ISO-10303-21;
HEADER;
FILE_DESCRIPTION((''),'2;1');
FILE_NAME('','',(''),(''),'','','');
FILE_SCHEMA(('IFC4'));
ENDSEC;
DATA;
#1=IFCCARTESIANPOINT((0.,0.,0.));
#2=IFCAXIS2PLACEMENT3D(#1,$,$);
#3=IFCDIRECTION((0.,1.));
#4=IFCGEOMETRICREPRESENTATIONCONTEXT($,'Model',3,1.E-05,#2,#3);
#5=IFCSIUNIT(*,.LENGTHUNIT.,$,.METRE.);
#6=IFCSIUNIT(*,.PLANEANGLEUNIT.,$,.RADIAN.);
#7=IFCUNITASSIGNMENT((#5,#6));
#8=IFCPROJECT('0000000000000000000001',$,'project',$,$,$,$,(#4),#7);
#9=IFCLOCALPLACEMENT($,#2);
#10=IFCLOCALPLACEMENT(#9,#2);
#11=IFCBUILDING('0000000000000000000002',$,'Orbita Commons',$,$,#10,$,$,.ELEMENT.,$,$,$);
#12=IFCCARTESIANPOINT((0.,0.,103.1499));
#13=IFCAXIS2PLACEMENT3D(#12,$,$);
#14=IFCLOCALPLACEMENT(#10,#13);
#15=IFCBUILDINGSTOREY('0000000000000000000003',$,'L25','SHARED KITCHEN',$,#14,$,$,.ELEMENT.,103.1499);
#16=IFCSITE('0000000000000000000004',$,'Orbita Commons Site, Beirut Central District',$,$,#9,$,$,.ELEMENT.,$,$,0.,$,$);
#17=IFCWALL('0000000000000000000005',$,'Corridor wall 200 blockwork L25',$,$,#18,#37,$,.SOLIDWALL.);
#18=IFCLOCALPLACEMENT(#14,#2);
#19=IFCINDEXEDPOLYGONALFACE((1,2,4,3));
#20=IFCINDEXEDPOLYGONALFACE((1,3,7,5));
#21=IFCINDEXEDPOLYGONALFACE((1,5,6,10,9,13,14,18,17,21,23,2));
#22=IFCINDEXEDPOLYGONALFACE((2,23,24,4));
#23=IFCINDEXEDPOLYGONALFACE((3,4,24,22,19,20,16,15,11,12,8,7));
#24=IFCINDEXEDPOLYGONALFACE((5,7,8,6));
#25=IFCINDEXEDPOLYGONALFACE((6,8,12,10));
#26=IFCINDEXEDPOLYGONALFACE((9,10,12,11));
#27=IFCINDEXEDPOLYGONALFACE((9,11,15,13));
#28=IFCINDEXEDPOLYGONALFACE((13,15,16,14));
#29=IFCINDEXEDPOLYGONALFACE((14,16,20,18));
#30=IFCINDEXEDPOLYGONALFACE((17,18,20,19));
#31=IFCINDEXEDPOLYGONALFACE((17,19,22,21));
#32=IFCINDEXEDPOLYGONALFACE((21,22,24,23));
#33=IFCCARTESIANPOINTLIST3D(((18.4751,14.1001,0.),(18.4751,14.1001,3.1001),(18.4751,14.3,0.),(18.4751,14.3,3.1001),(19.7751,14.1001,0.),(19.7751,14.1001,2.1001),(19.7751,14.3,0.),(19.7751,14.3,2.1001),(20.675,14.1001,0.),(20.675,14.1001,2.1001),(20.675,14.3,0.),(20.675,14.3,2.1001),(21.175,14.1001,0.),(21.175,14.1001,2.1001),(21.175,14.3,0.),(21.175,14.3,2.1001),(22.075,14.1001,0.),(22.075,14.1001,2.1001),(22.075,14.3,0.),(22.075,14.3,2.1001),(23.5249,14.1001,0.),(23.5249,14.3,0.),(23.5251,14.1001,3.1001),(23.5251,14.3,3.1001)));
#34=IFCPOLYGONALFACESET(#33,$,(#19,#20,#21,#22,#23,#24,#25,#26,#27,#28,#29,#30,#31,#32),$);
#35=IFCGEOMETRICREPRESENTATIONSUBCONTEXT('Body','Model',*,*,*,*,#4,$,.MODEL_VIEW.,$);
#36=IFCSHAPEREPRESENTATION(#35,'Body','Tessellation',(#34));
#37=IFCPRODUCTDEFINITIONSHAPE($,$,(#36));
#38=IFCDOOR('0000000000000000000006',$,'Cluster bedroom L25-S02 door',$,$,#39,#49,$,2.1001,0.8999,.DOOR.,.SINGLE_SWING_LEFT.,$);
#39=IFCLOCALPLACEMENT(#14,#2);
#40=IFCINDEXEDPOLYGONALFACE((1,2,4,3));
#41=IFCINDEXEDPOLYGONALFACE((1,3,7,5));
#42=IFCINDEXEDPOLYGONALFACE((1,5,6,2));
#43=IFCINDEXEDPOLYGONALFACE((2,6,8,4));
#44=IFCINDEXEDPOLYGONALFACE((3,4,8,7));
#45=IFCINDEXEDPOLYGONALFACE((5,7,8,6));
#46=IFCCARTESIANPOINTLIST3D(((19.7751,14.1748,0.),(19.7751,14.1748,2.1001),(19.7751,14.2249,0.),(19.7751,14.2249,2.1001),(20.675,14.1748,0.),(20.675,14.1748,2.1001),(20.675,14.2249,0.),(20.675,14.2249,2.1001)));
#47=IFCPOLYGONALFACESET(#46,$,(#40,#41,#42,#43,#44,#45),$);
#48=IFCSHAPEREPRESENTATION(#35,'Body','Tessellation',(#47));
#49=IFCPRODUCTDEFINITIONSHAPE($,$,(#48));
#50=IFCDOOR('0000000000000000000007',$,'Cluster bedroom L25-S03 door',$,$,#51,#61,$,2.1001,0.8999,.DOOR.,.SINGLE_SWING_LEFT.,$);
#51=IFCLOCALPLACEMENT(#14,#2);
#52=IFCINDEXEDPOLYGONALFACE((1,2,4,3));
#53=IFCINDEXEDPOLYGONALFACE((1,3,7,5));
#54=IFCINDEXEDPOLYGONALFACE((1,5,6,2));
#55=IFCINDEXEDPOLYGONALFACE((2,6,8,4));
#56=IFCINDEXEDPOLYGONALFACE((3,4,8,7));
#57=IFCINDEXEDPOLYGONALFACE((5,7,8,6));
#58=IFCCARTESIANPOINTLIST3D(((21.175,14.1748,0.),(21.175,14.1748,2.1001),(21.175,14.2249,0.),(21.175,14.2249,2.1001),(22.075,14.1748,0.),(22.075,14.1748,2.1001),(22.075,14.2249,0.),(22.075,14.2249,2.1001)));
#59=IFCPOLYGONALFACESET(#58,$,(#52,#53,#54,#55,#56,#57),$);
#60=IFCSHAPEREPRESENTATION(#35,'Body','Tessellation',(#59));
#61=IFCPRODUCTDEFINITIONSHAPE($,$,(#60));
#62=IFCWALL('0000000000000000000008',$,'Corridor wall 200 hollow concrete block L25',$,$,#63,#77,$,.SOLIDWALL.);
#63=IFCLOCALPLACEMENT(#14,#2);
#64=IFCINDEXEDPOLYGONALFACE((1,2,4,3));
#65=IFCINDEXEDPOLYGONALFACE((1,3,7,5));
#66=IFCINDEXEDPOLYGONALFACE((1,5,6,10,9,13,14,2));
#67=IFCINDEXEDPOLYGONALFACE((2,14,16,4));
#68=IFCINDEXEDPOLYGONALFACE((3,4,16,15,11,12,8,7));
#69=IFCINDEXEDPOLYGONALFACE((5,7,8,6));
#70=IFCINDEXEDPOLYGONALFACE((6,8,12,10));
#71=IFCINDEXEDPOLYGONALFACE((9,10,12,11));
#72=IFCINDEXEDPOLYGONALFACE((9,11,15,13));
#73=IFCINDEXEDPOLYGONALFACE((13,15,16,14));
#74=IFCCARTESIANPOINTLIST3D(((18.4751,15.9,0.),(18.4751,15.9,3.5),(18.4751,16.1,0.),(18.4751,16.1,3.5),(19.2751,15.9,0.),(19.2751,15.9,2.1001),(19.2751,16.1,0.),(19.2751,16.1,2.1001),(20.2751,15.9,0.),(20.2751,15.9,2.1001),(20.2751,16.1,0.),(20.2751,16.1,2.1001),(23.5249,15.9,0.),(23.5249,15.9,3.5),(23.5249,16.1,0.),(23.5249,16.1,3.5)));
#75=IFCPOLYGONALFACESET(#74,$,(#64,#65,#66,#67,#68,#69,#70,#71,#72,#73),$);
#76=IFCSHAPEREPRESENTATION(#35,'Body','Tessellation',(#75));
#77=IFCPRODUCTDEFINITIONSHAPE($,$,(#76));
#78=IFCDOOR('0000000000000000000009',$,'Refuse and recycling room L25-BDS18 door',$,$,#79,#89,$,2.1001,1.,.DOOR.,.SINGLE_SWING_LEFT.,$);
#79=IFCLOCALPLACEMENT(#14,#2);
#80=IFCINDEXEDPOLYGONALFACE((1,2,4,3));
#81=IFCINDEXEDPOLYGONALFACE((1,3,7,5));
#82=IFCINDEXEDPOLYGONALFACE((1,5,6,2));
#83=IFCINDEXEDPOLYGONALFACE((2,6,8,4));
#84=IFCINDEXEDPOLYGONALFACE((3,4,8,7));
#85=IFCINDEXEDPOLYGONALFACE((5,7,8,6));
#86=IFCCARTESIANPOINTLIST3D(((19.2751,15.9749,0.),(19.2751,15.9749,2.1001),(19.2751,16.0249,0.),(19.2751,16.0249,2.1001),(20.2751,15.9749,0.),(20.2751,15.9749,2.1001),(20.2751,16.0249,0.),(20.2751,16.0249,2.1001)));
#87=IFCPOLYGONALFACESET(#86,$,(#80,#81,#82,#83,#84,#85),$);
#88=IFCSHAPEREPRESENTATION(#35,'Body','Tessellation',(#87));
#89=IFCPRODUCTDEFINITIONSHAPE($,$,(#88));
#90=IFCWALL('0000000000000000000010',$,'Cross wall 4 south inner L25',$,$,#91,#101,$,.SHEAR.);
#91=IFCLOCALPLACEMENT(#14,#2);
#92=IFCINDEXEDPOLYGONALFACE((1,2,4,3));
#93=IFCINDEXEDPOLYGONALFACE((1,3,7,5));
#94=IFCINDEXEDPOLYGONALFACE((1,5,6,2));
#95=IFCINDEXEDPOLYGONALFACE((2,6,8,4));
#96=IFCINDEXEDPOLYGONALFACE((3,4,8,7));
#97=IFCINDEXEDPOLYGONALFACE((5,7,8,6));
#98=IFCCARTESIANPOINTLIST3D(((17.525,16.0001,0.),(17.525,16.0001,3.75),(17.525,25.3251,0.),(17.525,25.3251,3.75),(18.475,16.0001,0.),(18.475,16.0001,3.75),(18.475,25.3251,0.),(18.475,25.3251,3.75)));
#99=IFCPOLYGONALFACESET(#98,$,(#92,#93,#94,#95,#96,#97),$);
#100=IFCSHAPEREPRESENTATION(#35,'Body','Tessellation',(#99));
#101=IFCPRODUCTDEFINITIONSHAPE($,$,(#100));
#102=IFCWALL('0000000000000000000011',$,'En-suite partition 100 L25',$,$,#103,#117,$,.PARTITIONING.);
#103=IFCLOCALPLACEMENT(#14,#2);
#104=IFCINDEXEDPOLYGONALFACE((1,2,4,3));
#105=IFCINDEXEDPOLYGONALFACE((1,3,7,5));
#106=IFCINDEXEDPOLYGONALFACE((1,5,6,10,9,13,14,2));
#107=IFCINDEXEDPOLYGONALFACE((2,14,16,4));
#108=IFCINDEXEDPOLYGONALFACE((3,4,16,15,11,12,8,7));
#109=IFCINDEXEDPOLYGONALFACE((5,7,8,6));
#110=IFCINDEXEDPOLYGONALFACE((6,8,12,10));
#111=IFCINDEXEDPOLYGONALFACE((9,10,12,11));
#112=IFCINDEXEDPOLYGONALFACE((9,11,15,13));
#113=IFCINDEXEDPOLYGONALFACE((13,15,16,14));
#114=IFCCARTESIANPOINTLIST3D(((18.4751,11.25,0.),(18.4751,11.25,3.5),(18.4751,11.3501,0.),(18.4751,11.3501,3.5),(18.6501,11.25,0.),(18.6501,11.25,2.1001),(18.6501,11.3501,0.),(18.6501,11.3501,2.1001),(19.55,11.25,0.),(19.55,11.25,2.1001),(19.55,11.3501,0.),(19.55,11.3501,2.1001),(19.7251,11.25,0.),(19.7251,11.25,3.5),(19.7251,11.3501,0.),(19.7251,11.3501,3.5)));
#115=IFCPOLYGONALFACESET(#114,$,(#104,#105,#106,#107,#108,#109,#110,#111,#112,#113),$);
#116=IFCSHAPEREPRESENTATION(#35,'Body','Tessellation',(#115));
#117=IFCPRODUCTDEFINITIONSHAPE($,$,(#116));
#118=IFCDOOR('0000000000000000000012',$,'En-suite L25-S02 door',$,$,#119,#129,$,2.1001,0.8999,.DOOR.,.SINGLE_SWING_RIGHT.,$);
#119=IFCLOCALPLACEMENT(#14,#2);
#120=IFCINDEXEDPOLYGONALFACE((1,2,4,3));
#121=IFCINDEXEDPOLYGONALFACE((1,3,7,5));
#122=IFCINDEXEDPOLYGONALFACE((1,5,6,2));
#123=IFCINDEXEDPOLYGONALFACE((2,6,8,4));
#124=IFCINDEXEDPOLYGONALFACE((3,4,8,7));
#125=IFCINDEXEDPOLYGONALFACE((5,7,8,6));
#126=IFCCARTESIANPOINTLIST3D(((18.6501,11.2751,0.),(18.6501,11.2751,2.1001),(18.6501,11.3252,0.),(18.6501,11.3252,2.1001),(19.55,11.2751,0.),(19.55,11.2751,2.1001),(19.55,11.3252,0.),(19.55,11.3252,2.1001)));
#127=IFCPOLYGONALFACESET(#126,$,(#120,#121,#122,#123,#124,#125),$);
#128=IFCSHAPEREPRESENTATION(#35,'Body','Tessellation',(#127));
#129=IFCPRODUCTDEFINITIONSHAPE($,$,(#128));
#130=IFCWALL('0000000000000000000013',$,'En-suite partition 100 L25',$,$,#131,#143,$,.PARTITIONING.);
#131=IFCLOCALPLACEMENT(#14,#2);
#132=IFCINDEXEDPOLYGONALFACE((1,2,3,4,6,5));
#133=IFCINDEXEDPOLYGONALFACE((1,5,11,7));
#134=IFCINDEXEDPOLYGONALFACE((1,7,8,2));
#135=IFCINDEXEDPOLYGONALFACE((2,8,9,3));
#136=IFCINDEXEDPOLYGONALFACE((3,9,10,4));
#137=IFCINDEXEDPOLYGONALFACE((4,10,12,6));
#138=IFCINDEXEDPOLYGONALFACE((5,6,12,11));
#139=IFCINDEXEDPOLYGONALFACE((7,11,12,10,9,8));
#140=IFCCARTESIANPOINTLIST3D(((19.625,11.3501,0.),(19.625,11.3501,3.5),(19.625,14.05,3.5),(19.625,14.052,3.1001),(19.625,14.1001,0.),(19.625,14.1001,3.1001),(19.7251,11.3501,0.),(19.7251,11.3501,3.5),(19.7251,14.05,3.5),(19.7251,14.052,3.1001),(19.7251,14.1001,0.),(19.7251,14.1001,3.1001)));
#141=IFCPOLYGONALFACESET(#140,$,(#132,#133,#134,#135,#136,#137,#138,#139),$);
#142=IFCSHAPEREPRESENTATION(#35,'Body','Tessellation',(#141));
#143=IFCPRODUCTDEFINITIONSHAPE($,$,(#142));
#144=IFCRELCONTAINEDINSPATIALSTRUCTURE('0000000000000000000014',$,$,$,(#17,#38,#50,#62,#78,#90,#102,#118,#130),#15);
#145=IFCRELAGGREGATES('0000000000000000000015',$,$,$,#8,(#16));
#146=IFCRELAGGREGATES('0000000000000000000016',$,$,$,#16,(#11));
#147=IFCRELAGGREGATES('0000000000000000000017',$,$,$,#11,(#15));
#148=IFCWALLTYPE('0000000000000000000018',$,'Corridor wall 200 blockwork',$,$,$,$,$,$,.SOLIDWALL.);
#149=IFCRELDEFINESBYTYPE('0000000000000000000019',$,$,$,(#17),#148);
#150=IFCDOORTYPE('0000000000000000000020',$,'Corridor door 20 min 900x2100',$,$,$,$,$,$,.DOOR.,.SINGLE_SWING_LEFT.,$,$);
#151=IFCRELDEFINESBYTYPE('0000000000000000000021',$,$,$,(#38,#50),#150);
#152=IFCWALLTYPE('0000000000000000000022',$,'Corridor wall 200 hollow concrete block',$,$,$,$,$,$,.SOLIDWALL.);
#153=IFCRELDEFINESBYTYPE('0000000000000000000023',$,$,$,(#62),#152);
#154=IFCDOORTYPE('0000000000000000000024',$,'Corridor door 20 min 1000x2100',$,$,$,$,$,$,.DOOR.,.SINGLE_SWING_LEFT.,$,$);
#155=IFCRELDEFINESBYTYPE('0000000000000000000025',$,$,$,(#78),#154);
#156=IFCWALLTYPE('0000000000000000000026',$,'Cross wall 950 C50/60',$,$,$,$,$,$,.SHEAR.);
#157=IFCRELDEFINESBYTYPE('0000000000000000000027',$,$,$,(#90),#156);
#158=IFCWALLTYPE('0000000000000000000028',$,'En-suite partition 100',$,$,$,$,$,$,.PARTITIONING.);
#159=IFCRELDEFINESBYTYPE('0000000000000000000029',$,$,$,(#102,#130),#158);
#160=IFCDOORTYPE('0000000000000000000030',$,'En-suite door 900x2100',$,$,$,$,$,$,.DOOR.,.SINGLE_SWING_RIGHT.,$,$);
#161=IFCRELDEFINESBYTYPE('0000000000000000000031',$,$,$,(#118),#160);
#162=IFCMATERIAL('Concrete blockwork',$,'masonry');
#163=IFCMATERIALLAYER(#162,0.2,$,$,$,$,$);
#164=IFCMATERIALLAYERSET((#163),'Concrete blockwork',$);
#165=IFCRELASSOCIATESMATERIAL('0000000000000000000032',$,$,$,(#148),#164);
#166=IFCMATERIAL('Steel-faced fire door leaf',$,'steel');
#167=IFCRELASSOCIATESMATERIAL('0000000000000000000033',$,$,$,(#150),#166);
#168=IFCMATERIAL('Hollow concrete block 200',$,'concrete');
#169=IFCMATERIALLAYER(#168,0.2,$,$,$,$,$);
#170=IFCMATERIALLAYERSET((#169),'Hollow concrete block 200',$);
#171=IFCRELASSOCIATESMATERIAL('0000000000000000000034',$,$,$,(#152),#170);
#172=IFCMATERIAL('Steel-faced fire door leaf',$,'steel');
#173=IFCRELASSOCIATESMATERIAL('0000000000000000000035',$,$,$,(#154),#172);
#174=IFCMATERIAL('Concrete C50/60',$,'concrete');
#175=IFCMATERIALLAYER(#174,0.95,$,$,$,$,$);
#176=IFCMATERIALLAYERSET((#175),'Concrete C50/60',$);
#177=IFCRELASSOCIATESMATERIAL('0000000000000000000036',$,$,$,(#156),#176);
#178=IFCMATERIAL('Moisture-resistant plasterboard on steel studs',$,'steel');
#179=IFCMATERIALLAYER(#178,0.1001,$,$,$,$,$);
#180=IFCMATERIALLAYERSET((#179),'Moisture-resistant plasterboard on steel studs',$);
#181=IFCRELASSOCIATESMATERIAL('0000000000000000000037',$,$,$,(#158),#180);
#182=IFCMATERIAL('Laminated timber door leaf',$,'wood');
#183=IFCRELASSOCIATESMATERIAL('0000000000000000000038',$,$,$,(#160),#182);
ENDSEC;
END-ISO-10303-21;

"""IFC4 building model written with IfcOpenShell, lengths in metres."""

from ifc_helpers import new_model, si_unit, direction, frame, frame_2d, origin, place, context, subcontext, project, spatial, polyline, rectangle, outline, extrude, material, layer, layer_set, type_object, element, fill, save


model = new_model("IFC4")

# Units and contexts
model_context = context("Model", 3, precision=1e-05, world=origin(), true_north=direction((0.0, 1.0)))
body_context = subcontext(model_context, "Body", "Model", "MODEL_VIEW")
ifc_project = project(units=[si_unit("LENGTHUNIT", "METRE"), si_unit("PLANEANGLEUNIT", "RADIAN")], contexts=[model_context])

# Site, building, storey
site_placement = place(None, origin())
site = spatial("IfcSite", under=ifc_project, at=site_placement, Name="Orbita Commons Site, Beirut Central District", CompositionType="ELEMENT", RefElevation=0.0)
building_placement = place(site_placement, origin())
building = spatial("IfcBuilding", under=site, at=building_placement, Name="Orbita Commons", CompositionType="ELEMENT")
storey_placement = place(building_placement, frame((0.0, 0.0, 103.1499)))
storey = spatial("IfcBuildingStorey", under=building, at=storey_placement, Name="L25", Description="SHARED KITCHEN", CompositionType="ELEMENT", Elevation=103.1499)

# Wall, openings, doors
ifc_material_1 = material(Name="Concrete blockwork", Category="masonry")
ifc_layer_1 = layer(ifc_material_1, 0.2)
ifc_layer_set_1 = layer_set([ifc_layer_1], Name="Concrete blockwork")
wall_type_1 = type_object("IfcWallType", Name="Corridor wall 200 blockwork", PredefinedType="SOLIDWALL", material=ifc_layer_set_1)
wall_1_placement = place(storey_placement, frame((18.4751, 14.2, 0.0), z_axis=(0.0, 0.0, 1.0), x_axis=(1.0, 0.0, 0.0)))
wall_1 = element("IfcWall", 1, at=wall_1_placement, inside=storey, type_object=wall_type_1, Name="Corridor wall 200 blockwork L25", PredefinedType="SOLIDWALL", context=body_context, shape_type="SweptSolid", body=[
    extrude(outline(polyline([(0.0, 0.0), (5.0498, 0.0), (5.05, 3.1001), (0.0, 3.1001), (0.0, 0.0)])), frame((0.0, 0.1001, 0.0), z_axis=(0.0, -1.0, 0.0), x_axis=(1.0, 0.0, 0.0)), (0.0, 0.0, 1.0), 0.2),
])
opening_1_placement = place(wall_1_placement, frame((1.3, 0.0, 0.0)))
opening_1 = element("IfcOpeningElement", 2, at=opening_1_placement, cuts=wall_1, PredefinedType="OPENING", context=body_context, shape_type="SweptSolid", body=[
    extrude(rectangle(XDim=0.8999, YDim=2.1001, at=frame_2d((0.45, 1.05))), frame((0.0, 0.1099, 0.0), z_axis=(0.0, -1.0, 0.0), x_axis=(1.0, 0.0, 0.0)), (0.0, 0.0, 1.0), 0.22),
])
opening_2_placement = place(wall_1_placement, frame((2.7, 0.0, 0.0)))
opening_2 = element("IfcOpeningElement", 3, at=opening_2_placement, cuts=wall_1, PredefinedType="OPENING", context=body_context, shape_type="SweptSolid", body=[
    extrude(rectangle(XDim=0.8999, YDim=2.1001, at=frame_2d((0.45, 1.05))), frame((0.0, 0.1099, 0.0), z_axis=(0.0, -1.0, 0.0), x_axis=(1.0, 0.0, 0.0)), (0.0, 0.0, 1.0), 0.22),
])
ifc_material_2 = material(Name="Steel-faced fire door leaf", Category="steel")
door_type_1 = type_object("IfcDoorType", Name="Corridor door 20 min 900x2100", OperationType="SINGLE_SWING_LEFT", PredefinedType="DOOR", material=ifc_material_2)
door_1_placement = place(opening_1_placement, origin())
door_1 = element("IfcDoor", 4, at=door_1_placement, inside=storey, type_object=door_type_1, Name="Cluster bedroom L25-S02 door", OperationType="SINGLE_SWING_LEFT", OverallHeight=2.1001, OverallWidth=0.8999, PredefinedType="DOOR", context=body_context, shape_type="SweptSolid", body=[
    extrude(rectangle(XDim=0.8999, YDim=2.1001, at=frame_2d((0.45, 1.05))), frame((0.0, 0.0249, 0.0), z_axis=(0.0, -1.0, 0.0), x_axis=(1.0, 0.0, 0.0)), (0.0, 0.0, 1.0), 0.05),
])
fill(opening_1, door_1)
door_2_placement = place(opening_2_placement, origin())
door_2 = element("IfcDoor", 5, at=door_2_placement, inside=storey, type_object=door_type_1, Name="Cluster bedroom L25-S03 door", OperationType="SINGLE_SWING_LEFT", OverallHeight=2.1001, OverallWidth=0.8999, PredefinedType="DOOR", context=body_context, shape_type="SweptSolid", body=[
    extrude(rectangle(XDim=0.8999, YDim=2.1001, at=frame_2d((0.45, 1.05))), frame((0.0, 0.0249, 0.0), z_axis=(0.0, -1.0, 0.0), x_axis=(1.0, 0.0, 0.0)), (0.0, 0.0, 1.0), 0.05),
])
fill(opening_2, door_2)

# Wall, opening, door
ifc_material_3 = material(Name="Hollow concrete block 200", Category="concrete")
ifc_layer_2 = layer(ifc_material_3, 0.2)
ifc_layer_set_2 = layer_set([ifc_layer_2], Name="Hollow concrete block 200")
wall_type_2 = type_object("IfcWallType", Name="Corridor wall 200 hollow concrete block", PredefinedType="SOLIDWALL", material=ifc_layer_set_2)
wall_2_placement = place(storey_placement, frame((18.4751, 16.0, 0.0), z_axis=(0.0, 0.0, 1.0), x_axis=(1.0, 0.0, 0.0)))
wall_2 = element("IfcWall", 6, at=wall_2_placement, inside=storey, type_object=wall_type_2, Name="Corridor wall 200 hollow concrete block L25", PredefinedType="SOLIDWALL", context=body_context, shape_type="SweptSolid", body=[
    extrude(rectangle(XDim=5.0498, YDim=0.2, at=frame_2d((2.5249, 0.0))), origin(), (0.0, 0.0, 1.0), 3.5),
])
opening_3_placement = place(wall_2_placement, frame((0.8, 0.0, 0.0)))
opening_3 = element("IfcOpeningElement", 7, at=opening_3_placement, cuts=wall_2, PredefinedType="OPENING", context=body_context, shape_type="SweptSolid", body=[
    extrude(rectangle(XDim=1.0, YDim=2.1001, at=frame_2d((0.5, 1.05))), frame((0.0, 0.1099, 0.0), z_axis=(0.0, -1.0, 0.0), x_axis=(1.0, 0.0, 0.0)), (0.0, 0.0, 1.0), 0.22),
])
ifc_material_4 = material(Name="Steel-faced fire door leaf", Category="steel")
door_type_2 = type_object("IfcDoorType", Name="Corridor door 20 min 1000x2100", OperationType="SINGLE_SWING_LEFT", PredefinedType="DOOR", material=ifc_material_4)
door_3_placement = place(opening_3_placement, origin())
door_3 = element("IfcDoor", 8, at=door_3_placement, inside=storey, type_object=door_type_2, Name="Refuse and recycling room L25-BDS18 door", OperationType="SINGLE_SWING_LEFT", OverallHeight=2.1001, OverallWidth=1.0, PredefinedType="DOOR", context=body_context, shape_type="SweptSolid", body=[
    extrude(rectangle(XDim=1.0, YDim=2.1001, at=frame_2d((0.5, 1.05))), frame((0.0, 0.0249, 0.0), z_axis=(0.0, -1.0, 0.0), x_axis=(1.0, 0.0, 0.0)), (0.0, 0.0, 1.0), 0.05),
])
fill(opening_3, door_3)

# Wall
ifc_material_5 = material(Name="Concrete C50/60", Category="concrete")
ifc_layer_3 = layer(ifc_material_5, 0.95)
ifc_layer_set_3 = layer_set([ifc_layer_3], Name="Concrete C50/60")
wall_type_3 = type_object("IfcWallType", Name="Cross wall 950 C50/60", PredefinedType="SHEAR", material=ifc_layer_set_3)
wall_3_placement = place(storey_placement, frame((18.0, 16.0, 0.0), z_axis=(0.0, 0.0, 1.0), x_axis=(0.0, 1.0, 0.0)))
element("IfcWall", 9, at=wall_3_placement, inside=storey, type_object=wall_type_3, Name="Cross wall 4 south inner L25", PredefinedType="SHEAR", context=body_context, shape_type="SweptSolid", body=[
    extrude(rectangle(XDim=9.325, YDim=0.95, at=frame_2d((4.6626, 0.0))), origin(), (0.0, 0.0, 1.0), 3.75),
])

# Wall, opening, door
ifc_material_6 = material(Name="Moisture-resistant plasterboard on steel studs", Category="steel")
ifc_layer_4 = layer(ifc_material_6, 0.1001)
ifc_layer_set_4 = layer_set([ifc_layer_4], Name="Moisture-resistant plasterboard on steel studs")
wall_type_4 = type_object("IfcWallType", Name="En-suite partition 100", PredefinedType="PARTITIONING", material=ifc_layer_set_4)
wall_4_placement = place(storey_placement, frame((19.7251, 11.3, 0.0), z_axis=(0.0, 0.0, 1.0), x_axis=(-1.0, 0.0, 0.0)))
wall_4 = element("IfcWall", 10, at=wall_4_placement, inside=storey, type_object=wall_type_4, Name="En-suite partition 100 L25", PredefinedType="PARTITIONING", context=body_context, shape_type="SweptSolid", body=[
    extrude(rectangle(XDim=1.25, YDim=0.1001, at=frame_2d((0.625, 0.0))), origin(), (0.0, 0.0, 1.0), 3.5),
])
opening_4_placement = place(wall_4_placement, frame((0.175, 0.0, 0.0)))
opening_4 = element("IfcOpeningElement", 11, at=opening_4_placement, cuts=wall_4, PredefinedType="OPENING", context=body_context, shape_type="SweptSolid", body=[
    extrude(rectangle(XDim=0.8999, YDim=2.1001, at=frame_2d((0.45, 1.05))), frame((0.0, 0.0601, 0.0), z_axis=(0.0, -1.0, 0.0), x_axis=(1.0, 0.0, 0.0)), (0.0, 0.0, 1.0), 0.1201),
])
ifc_material_7 = material(Name="Laminated timber door leaf", Category="wood")
door_type_3 = type_object("IfcDoorType", Name="En-suite door 900x2100", OperationType="SINGLE_SWING_RIGHT", PredefinedType="DOOR", material=ifc_material_7)
door_4_placement = place(opening_4_placement, origin())
door_4 = element("IfcDoor", 12, at=door_4_placement, inside=storey, type_object=door_type_3, Name="En-suite L25-S02 door", OperationType="SINGLE_SWING_RIGHT", OverallHeight=2.1001, OverallWidth=0.8999, PredefinedType="DOOR", context=body_context, shape_type="SweptSolid", body=[
    extrude(rectangle(XDim=0.8999, YDim=2.1001, at=frame_2d((0.45, 1.05))), frame((0.0, 0.0249, 0.0), z_axis=(0.0, -1.0, 0.0), x_axis=(1.0, 0.0, 0.0)), (0.0, 0.0, 1.0), 0.05),
])
fill(opening_4, door_4)

# Wall
wall_5_placement = place(storey_placement, frame((19.675, 11.3501, 0.0), z_axis=(0.0, 0.0, 1.0), x_axis=(0.0, 1.0, 0.0)))
element("IfcWall", 13, at=wall_5_placement, inside=storey, type_object=wall_type_4, Name="En-suite partition 100 L25", PredefinedType="PARTITIONING", context=body_context, shape_type="SweptSolid", body=[
    extrude(outline(polyline([(0.0, 0.0), (2.75, 0.0), (2.75, 3.1001), (2.7019, 3.1001), (2.7, 3.5), (0.0, 3.5), (0.0, 0.0)])), frame((0.0, 0.05, 0.0), z_axis=(0.0, -1.0, 0.0), x_axis=(1.0, 0.0, 0.0)), (0.0, 0.0, 1.0), 0.1001),
])

save(model, "model.ifc")
